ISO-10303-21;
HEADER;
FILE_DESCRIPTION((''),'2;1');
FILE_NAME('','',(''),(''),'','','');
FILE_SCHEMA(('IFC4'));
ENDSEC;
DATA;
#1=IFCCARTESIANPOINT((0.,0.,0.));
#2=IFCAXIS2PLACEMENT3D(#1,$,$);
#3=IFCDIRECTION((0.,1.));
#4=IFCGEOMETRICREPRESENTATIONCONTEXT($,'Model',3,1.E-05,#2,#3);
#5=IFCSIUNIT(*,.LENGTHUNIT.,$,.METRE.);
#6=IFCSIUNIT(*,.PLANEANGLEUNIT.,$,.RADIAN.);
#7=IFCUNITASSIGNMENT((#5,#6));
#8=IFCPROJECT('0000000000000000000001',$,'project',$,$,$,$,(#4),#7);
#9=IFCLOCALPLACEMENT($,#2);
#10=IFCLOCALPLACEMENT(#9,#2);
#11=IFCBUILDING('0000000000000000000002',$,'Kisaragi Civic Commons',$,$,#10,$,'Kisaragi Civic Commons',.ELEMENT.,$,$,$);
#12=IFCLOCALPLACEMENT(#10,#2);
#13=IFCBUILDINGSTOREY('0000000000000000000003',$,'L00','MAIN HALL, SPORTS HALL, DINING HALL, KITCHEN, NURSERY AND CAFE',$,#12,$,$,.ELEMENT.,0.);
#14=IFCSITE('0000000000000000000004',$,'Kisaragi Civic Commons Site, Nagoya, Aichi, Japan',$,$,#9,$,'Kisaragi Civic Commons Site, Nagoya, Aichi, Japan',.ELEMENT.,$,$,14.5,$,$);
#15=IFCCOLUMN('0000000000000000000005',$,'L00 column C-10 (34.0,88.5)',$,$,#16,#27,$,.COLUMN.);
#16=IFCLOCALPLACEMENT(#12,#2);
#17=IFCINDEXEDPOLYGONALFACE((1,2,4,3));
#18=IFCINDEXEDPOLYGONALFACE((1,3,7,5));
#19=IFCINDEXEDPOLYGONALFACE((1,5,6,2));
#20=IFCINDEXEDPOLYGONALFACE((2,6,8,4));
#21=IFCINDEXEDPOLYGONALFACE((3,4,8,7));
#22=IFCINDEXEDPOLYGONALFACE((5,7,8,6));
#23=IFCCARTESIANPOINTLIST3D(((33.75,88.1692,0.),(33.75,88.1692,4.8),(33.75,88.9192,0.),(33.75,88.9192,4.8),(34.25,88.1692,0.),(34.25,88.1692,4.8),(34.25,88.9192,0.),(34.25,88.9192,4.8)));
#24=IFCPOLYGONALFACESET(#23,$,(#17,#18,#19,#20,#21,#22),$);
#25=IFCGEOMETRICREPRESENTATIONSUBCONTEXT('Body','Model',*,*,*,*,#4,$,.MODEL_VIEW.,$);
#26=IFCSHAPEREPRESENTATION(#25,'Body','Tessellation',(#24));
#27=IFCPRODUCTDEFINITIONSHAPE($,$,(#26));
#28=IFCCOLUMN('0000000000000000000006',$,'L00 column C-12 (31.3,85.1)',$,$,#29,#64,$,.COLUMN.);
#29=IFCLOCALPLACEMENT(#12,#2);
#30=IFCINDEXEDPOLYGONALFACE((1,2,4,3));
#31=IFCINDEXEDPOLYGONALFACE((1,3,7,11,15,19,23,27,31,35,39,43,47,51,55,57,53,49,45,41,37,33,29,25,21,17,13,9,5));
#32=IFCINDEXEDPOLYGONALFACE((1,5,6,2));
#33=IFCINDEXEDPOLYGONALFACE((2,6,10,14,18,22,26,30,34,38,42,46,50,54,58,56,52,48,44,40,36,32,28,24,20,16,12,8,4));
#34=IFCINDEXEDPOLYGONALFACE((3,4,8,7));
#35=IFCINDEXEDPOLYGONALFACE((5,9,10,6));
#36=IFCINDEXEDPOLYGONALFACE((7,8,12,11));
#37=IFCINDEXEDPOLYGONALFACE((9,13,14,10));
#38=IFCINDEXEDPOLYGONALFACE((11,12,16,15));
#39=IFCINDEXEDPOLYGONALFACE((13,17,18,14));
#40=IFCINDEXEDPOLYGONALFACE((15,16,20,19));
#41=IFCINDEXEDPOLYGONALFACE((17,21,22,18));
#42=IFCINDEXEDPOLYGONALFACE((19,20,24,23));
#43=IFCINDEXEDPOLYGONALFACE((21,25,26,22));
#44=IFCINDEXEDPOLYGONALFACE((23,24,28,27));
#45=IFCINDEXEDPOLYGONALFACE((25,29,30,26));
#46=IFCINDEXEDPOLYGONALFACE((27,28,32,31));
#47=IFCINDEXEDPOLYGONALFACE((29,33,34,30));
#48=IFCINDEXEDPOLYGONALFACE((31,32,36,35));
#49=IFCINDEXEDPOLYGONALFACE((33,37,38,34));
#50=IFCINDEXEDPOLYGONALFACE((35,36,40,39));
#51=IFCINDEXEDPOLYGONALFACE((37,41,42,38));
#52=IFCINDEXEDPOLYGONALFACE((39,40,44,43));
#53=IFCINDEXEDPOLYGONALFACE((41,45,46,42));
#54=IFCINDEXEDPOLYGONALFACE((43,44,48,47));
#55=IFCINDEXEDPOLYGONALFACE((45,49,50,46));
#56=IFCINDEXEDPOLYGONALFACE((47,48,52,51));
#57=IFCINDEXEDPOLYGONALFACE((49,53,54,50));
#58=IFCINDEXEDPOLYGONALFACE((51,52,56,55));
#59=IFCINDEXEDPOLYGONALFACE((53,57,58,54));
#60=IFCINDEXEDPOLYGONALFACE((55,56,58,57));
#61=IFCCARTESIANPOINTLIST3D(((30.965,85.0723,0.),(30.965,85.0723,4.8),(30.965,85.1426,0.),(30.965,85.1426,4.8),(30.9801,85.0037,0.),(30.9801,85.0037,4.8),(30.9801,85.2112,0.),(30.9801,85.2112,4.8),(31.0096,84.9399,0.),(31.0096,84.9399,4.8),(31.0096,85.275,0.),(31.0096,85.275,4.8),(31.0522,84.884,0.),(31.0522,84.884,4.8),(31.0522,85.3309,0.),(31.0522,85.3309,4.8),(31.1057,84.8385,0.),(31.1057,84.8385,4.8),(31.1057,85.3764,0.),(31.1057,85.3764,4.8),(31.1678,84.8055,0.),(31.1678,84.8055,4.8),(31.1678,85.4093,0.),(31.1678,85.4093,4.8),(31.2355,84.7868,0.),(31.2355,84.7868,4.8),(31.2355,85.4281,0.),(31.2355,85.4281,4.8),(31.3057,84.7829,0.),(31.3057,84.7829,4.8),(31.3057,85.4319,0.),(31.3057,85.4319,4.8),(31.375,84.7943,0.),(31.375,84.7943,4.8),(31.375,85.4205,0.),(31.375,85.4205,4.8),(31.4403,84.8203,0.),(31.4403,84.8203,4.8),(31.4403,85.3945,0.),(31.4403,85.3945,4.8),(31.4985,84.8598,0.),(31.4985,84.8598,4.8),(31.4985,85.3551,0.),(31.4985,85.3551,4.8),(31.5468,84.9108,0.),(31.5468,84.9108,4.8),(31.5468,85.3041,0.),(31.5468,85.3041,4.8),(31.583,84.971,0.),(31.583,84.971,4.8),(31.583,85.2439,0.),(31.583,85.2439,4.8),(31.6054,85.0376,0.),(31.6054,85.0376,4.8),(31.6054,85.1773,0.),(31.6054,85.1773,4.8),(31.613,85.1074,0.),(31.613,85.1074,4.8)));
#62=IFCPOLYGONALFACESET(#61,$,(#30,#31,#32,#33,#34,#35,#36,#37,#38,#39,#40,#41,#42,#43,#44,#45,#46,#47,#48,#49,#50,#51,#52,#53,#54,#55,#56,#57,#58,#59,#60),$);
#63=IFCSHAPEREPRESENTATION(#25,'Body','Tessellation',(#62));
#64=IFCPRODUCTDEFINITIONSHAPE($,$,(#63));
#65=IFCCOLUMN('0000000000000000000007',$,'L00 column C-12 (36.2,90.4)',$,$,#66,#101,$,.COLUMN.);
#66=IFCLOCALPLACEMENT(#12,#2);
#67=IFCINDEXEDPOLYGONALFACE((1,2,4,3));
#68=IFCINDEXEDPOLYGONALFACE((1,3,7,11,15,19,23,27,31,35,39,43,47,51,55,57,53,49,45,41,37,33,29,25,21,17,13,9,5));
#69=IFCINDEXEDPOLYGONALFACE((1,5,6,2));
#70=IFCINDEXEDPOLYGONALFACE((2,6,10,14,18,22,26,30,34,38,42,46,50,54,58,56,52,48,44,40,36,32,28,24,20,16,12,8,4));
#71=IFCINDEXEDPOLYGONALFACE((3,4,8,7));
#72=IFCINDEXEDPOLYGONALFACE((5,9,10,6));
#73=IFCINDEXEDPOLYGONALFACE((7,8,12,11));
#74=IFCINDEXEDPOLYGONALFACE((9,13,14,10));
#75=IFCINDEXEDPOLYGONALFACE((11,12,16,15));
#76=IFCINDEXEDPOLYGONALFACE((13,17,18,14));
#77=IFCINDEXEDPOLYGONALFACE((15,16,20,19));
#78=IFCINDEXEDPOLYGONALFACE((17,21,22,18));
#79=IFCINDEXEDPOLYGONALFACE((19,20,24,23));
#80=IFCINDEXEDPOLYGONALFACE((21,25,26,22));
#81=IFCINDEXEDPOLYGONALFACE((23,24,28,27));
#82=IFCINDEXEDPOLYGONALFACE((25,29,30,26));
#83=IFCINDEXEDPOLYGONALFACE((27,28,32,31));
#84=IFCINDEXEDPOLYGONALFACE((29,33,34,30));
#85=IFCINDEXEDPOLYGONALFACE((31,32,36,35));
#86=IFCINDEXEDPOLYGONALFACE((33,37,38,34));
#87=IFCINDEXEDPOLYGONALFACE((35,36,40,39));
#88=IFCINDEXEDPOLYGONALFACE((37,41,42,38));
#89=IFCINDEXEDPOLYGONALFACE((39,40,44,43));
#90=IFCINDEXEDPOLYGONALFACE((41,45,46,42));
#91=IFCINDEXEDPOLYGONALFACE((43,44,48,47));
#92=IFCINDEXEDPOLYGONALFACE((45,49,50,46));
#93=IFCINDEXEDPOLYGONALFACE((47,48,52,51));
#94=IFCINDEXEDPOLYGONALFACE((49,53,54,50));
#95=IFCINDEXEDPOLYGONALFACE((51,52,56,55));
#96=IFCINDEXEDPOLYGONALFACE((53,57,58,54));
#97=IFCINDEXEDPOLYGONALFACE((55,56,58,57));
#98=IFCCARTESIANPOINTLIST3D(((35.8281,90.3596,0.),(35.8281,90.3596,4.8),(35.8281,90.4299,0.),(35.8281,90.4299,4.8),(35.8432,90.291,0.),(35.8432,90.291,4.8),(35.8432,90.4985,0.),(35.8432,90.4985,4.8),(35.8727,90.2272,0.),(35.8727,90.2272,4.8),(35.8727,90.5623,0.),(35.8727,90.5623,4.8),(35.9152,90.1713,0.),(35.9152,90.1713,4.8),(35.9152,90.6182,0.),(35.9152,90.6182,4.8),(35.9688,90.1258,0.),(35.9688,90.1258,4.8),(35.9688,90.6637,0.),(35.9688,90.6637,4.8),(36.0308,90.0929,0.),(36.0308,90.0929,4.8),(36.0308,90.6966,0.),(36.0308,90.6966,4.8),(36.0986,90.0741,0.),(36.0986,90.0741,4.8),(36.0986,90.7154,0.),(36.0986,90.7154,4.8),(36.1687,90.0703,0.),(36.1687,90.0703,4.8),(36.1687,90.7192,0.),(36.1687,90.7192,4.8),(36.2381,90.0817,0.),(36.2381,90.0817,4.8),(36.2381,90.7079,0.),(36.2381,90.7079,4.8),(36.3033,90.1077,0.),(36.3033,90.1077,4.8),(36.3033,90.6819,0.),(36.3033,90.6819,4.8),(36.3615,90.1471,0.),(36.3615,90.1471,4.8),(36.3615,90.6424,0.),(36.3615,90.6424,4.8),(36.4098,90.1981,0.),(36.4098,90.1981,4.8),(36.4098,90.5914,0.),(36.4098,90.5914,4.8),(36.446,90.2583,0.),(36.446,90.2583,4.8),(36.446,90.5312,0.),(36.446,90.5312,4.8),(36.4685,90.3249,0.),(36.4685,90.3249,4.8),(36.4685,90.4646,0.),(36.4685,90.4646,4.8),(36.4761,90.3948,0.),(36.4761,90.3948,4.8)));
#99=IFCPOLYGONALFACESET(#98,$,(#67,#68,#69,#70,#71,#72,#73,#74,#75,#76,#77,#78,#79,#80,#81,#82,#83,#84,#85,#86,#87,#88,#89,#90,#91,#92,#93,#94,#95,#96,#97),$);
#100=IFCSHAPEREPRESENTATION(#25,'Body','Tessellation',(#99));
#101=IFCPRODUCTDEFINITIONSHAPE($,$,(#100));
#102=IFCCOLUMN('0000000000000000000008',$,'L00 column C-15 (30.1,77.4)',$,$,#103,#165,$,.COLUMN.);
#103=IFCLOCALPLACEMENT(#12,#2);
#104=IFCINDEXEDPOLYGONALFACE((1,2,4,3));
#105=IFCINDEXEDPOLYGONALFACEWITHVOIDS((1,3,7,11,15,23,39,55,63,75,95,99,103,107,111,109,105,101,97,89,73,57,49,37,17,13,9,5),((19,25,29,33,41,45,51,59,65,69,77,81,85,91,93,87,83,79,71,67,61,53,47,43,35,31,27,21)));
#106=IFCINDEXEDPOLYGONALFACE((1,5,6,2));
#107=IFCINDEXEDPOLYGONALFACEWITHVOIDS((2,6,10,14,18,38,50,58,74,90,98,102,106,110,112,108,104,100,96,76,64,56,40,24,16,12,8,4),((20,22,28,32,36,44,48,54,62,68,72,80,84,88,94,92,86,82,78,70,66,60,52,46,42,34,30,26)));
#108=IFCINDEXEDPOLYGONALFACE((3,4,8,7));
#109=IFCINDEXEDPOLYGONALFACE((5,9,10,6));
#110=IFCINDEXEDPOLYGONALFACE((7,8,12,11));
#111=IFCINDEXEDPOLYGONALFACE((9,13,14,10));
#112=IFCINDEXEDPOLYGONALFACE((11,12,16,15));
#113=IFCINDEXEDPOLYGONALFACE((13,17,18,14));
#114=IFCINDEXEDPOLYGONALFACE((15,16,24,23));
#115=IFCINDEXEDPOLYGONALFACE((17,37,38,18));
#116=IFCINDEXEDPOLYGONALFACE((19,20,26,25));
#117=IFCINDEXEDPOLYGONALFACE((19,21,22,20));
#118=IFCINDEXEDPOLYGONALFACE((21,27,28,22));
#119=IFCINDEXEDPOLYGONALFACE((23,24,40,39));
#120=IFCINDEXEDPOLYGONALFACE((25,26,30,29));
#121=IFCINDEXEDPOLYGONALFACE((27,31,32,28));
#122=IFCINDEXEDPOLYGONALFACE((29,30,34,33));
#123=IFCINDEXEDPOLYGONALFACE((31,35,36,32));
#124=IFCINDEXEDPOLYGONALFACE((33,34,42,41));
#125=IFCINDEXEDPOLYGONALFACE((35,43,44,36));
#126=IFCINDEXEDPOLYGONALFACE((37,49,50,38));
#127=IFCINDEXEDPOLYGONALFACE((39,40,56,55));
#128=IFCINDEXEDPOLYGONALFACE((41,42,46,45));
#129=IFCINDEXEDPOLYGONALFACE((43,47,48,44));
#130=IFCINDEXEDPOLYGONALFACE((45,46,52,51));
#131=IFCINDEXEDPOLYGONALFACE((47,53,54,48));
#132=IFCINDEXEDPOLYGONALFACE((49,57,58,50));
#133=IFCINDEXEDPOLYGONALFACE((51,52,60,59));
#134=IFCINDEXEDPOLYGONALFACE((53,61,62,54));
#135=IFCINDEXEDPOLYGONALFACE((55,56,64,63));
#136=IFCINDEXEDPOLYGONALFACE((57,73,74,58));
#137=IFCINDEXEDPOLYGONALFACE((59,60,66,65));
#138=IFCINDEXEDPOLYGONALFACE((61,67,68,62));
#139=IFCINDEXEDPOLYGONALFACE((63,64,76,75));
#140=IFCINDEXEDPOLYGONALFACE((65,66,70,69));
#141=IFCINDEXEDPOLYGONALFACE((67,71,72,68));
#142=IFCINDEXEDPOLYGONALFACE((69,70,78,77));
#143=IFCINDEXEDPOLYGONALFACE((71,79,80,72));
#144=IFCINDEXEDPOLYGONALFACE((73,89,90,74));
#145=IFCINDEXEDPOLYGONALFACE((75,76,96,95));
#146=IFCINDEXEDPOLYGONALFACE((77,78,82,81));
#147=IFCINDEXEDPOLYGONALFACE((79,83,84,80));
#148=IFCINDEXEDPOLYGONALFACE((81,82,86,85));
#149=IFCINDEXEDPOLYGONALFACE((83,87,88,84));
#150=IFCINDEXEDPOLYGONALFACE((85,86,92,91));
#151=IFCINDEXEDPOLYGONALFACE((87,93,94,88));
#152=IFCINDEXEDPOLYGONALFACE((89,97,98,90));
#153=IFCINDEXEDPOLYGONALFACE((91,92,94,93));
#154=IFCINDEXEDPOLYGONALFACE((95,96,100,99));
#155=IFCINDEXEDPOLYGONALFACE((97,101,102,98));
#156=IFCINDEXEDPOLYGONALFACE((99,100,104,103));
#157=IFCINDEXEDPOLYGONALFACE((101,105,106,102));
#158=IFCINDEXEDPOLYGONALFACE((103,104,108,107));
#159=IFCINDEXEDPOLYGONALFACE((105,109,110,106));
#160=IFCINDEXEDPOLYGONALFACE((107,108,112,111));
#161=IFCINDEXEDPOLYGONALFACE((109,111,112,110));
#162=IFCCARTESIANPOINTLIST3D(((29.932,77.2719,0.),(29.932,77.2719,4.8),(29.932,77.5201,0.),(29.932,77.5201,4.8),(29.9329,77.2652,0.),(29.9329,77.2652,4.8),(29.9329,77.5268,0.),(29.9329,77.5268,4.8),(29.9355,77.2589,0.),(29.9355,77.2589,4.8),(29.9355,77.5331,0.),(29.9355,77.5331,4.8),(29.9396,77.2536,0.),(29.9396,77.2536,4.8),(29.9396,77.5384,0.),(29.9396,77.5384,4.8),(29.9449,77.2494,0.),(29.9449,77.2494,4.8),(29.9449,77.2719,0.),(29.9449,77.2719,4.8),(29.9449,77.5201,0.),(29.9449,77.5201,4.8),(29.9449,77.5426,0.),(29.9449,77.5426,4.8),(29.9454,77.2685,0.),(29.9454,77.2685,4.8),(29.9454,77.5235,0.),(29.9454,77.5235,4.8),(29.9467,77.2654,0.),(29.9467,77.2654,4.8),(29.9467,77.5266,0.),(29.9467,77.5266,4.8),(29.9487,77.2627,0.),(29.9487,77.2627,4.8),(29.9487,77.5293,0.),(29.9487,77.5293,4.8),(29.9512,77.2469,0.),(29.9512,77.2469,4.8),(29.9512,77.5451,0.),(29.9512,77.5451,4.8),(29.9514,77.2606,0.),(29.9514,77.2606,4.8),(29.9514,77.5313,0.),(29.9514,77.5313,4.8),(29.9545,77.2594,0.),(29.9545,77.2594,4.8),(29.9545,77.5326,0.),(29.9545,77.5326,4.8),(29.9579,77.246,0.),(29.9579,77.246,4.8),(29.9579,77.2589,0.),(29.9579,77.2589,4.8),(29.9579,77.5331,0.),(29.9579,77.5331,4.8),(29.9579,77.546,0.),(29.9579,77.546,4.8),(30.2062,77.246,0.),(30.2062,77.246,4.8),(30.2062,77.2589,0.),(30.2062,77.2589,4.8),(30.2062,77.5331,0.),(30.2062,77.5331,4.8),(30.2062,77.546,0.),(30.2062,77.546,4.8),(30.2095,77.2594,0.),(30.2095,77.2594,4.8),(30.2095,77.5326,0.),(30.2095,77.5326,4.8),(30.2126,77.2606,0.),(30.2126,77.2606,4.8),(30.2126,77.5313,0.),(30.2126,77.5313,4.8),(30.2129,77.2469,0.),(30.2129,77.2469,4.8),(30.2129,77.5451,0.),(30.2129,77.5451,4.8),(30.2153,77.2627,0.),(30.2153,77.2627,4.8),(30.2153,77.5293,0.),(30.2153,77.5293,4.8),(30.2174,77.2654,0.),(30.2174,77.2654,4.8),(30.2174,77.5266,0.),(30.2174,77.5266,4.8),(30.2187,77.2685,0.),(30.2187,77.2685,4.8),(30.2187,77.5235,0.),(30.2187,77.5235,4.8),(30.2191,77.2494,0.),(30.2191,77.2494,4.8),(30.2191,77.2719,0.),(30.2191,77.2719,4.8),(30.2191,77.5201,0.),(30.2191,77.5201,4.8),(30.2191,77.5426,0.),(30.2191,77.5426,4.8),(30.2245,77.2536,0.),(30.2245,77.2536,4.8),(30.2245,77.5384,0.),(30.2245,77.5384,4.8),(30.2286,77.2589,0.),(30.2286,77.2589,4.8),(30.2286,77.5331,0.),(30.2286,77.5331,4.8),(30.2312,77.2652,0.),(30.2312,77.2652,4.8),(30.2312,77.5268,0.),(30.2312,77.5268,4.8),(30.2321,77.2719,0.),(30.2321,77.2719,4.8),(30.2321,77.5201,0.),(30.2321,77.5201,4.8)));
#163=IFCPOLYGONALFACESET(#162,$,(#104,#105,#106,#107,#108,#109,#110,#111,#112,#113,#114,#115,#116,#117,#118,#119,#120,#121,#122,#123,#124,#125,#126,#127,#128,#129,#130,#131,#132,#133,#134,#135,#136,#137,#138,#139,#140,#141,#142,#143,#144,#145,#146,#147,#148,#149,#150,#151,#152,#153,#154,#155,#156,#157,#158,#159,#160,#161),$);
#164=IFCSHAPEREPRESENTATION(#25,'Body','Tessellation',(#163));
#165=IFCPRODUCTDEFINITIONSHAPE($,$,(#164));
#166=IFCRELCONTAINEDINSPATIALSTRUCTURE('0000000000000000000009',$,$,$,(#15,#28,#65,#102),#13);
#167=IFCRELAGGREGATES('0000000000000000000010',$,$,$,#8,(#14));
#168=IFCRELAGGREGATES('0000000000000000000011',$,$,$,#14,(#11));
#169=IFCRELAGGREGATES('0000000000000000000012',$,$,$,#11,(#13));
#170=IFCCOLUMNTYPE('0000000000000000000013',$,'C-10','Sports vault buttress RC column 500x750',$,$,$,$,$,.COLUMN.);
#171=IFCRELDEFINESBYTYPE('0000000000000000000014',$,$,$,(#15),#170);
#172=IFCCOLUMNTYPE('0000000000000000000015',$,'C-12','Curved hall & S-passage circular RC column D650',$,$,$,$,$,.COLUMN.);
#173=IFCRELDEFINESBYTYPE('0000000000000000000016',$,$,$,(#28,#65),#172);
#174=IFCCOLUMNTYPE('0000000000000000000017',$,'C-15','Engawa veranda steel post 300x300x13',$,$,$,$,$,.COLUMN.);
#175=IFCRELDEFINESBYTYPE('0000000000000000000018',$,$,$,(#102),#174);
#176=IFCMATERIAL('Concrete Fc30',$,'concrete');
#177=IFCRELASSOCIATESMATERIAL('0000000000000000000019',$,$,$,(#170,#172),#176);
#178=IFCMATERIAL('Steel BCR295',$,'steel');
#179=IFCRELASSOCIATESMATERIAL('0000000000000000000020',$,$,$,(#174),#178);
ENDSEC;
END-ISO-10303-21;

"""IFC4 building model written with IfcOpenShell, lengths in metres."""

from ifc_helpers import new_model, si_unit, direction, frame, origin, origin_2d, place, context, subcontext, project, spatial, rectangle, hollow_rectangle, circle, extrude, material, material_profile, profile_set, type_object, element, save


model = new_model("IFC4")

# Units and contexts
model_context = context("Model", 3, precision=1e-05, world=origin(), true_north=direction((0.0, 1.0)))
body_context = subcontext(model_context, "Body", "Model", "MODEL_VIEW")
ifc_project = project(units=[si_unit("LENGTHUNIT", "METRE"), si_unit("PLANEANGLEUNIT", "RADIAN")], contexts=[model_context])

# Site, building, storey
site_placement = place(None, origin())
site = spatial("IfcSite", under=ifc_project, at=site_placement, Name="Kisaragi Civic Commons Site, Nagoya, Aichi, Japan", LongName="Kisaragi Civic Commons Site, Nagoya, Aichi, Japan", CompositionType="ELEMENT", RefElevation=14.5)
building_placement = place(site_placement, origin())
building = spatial("IfcBuilding", under=site, at=building_placement, Name="Kisaragi Civic Commons", LongName="Kisaragi Civic Commons", CompositionType="ELEMENT")
storey_placement = place(building_placement, origin())
storey = spatial("IfcBuildingStorey", under=building, at=storey_placement, Name="L00", Description="MAIN HALL, SPORTS HALL, DINING HALL, KITCHEN, NURSERY AND CAFE", CompositionType="ELEMENT", Elevation=0.0)

# Columns
ifc_material_1 = material(Name="Concrete Fc30", Category="concrete")
ifc_material_profile_1 = material_profile(ifc_material_1, rectangle(XDim=0.5, YDim=0.75, at=origin_2d()), Name="RC-500x750", Category="concrete")
ifc_profile_set_1 = profile_set([ifc_material_profile_1], Name="Concrete Fc30")
column_type_1 = type_object("IfcColumnType", Name="C-10", Description="Sports vault buttress RC column 500x750", PredefinedType="COLUMN", material=ifc_profile_set_1)
column_placement = place(storey_placement, frame((34.0, 88.5442, 0.0), z_axis=(0.0, 0.0, 1.0), x_axis=(1.0, 0.0, 0.0)))
element("IfcColumn", 1, at=column_placement, inside=storey, type_object=column_type_1, Name="L00 column C-10 (34.0,88.5)", PredefinedType="COLUMN", context=body_context, shape_type="SweptSolid", body=[
    extrude(rectangle(XDim=0.5, YDim=0.75, at=origin_2d()), origin(), (0.0, 0.0, 1.0), 4.8),
])
ifc_material_profile_2 = material_profile(ifc_material_1, circle(Radius=0.325, at=origin_2d()), Name="RC-D650", Category="concrete")
ifc_profile_set_2 = profile_set([ifc_material_profile_2], Name="Concrete Fc30")
column_type_2 = type_object("IfcColumnType", Name="C-12", Description="Curved hall & S-passage circular RC column D650", PredefinedType="COLUMN", material=ifc_profile_set_2)
for number, where, z_axis, x_axis, name in (
    (2, (31.2881, 85.1074, 0.0), (0.0, 0.0, 1.0), (1.0, 0.0, 0.0), "L00 column C-12 (31.3,85.1)"),
    (3, (36.1511, 90.3948, 0.0), (0.0, 0.0, 1.0), (1.0, 0.0, 0.0), "L00 column C-12 (36.2,90.4)"),
):
    element("IfcColumn", number, at=place(storey_placement, frame(where, z_axis=z_axis, x_axis=x_axis)), inside=storey, type_object=column_type_2, Name=name, PredefinedType="COLUMN", context=body_context, shape_type="SweptSolid", body=[
        extrude(circle(Radius=0.325, at=origin_2d()), origin(), (0.0, 0.0, 1.0), 4.8),
    ])
ifc_material_2 = material(Name="Steel BCR295", Category="steel")
ifc_material_profile_3 = material_profile(ifc_material_2, hollow_rectangle(XDim=0.3, YDim=0.3, WallThickness=0.0129, InnerFilletRadius=0.0129, OuterFilletRadius=0.0259, at=origin_2d()), Name="BCR-300x300x13", Category="steel")
ifc_profile_set_3 = profile_set([ifc_material_profile_3], Name="Steel BCR295")
column_type_3 = type_object("IfcColumnType", Name="C-15", Description="Engawa veranda steel post 300x300x13", PredefinedType="COLUMN", material=ifc_profile_set_3)
for number, where, z_axis, x_axis, name in (
    (4, (30.082, 77.396, 0.0), (0.0, 0.0, 1.0), (1.0, 0.0, 0.0), "L00 column C-15 (30.1,77.4)"),
):
    element("IfcColumn", number, at=place(storey_placement, frame(where, z_axis=z_axis, x_axis=x_axis)), inside=storey, type_object=column_type_3, Name=name, PredefinedType="COLUMN", context=body_context, shape_type="SweptSolid", body=[
        extrude(hollow_rectangle(XDim=0.3, YDim=0.3, WallThickness=0.0129, InnerFilletRadius=0.0129, OuterFilletRadius=0.0259, at=origin_2d()), origin(), (0.0, 0.0, 1.0), 4.8),
    ])

save(model, "model.ifc")
